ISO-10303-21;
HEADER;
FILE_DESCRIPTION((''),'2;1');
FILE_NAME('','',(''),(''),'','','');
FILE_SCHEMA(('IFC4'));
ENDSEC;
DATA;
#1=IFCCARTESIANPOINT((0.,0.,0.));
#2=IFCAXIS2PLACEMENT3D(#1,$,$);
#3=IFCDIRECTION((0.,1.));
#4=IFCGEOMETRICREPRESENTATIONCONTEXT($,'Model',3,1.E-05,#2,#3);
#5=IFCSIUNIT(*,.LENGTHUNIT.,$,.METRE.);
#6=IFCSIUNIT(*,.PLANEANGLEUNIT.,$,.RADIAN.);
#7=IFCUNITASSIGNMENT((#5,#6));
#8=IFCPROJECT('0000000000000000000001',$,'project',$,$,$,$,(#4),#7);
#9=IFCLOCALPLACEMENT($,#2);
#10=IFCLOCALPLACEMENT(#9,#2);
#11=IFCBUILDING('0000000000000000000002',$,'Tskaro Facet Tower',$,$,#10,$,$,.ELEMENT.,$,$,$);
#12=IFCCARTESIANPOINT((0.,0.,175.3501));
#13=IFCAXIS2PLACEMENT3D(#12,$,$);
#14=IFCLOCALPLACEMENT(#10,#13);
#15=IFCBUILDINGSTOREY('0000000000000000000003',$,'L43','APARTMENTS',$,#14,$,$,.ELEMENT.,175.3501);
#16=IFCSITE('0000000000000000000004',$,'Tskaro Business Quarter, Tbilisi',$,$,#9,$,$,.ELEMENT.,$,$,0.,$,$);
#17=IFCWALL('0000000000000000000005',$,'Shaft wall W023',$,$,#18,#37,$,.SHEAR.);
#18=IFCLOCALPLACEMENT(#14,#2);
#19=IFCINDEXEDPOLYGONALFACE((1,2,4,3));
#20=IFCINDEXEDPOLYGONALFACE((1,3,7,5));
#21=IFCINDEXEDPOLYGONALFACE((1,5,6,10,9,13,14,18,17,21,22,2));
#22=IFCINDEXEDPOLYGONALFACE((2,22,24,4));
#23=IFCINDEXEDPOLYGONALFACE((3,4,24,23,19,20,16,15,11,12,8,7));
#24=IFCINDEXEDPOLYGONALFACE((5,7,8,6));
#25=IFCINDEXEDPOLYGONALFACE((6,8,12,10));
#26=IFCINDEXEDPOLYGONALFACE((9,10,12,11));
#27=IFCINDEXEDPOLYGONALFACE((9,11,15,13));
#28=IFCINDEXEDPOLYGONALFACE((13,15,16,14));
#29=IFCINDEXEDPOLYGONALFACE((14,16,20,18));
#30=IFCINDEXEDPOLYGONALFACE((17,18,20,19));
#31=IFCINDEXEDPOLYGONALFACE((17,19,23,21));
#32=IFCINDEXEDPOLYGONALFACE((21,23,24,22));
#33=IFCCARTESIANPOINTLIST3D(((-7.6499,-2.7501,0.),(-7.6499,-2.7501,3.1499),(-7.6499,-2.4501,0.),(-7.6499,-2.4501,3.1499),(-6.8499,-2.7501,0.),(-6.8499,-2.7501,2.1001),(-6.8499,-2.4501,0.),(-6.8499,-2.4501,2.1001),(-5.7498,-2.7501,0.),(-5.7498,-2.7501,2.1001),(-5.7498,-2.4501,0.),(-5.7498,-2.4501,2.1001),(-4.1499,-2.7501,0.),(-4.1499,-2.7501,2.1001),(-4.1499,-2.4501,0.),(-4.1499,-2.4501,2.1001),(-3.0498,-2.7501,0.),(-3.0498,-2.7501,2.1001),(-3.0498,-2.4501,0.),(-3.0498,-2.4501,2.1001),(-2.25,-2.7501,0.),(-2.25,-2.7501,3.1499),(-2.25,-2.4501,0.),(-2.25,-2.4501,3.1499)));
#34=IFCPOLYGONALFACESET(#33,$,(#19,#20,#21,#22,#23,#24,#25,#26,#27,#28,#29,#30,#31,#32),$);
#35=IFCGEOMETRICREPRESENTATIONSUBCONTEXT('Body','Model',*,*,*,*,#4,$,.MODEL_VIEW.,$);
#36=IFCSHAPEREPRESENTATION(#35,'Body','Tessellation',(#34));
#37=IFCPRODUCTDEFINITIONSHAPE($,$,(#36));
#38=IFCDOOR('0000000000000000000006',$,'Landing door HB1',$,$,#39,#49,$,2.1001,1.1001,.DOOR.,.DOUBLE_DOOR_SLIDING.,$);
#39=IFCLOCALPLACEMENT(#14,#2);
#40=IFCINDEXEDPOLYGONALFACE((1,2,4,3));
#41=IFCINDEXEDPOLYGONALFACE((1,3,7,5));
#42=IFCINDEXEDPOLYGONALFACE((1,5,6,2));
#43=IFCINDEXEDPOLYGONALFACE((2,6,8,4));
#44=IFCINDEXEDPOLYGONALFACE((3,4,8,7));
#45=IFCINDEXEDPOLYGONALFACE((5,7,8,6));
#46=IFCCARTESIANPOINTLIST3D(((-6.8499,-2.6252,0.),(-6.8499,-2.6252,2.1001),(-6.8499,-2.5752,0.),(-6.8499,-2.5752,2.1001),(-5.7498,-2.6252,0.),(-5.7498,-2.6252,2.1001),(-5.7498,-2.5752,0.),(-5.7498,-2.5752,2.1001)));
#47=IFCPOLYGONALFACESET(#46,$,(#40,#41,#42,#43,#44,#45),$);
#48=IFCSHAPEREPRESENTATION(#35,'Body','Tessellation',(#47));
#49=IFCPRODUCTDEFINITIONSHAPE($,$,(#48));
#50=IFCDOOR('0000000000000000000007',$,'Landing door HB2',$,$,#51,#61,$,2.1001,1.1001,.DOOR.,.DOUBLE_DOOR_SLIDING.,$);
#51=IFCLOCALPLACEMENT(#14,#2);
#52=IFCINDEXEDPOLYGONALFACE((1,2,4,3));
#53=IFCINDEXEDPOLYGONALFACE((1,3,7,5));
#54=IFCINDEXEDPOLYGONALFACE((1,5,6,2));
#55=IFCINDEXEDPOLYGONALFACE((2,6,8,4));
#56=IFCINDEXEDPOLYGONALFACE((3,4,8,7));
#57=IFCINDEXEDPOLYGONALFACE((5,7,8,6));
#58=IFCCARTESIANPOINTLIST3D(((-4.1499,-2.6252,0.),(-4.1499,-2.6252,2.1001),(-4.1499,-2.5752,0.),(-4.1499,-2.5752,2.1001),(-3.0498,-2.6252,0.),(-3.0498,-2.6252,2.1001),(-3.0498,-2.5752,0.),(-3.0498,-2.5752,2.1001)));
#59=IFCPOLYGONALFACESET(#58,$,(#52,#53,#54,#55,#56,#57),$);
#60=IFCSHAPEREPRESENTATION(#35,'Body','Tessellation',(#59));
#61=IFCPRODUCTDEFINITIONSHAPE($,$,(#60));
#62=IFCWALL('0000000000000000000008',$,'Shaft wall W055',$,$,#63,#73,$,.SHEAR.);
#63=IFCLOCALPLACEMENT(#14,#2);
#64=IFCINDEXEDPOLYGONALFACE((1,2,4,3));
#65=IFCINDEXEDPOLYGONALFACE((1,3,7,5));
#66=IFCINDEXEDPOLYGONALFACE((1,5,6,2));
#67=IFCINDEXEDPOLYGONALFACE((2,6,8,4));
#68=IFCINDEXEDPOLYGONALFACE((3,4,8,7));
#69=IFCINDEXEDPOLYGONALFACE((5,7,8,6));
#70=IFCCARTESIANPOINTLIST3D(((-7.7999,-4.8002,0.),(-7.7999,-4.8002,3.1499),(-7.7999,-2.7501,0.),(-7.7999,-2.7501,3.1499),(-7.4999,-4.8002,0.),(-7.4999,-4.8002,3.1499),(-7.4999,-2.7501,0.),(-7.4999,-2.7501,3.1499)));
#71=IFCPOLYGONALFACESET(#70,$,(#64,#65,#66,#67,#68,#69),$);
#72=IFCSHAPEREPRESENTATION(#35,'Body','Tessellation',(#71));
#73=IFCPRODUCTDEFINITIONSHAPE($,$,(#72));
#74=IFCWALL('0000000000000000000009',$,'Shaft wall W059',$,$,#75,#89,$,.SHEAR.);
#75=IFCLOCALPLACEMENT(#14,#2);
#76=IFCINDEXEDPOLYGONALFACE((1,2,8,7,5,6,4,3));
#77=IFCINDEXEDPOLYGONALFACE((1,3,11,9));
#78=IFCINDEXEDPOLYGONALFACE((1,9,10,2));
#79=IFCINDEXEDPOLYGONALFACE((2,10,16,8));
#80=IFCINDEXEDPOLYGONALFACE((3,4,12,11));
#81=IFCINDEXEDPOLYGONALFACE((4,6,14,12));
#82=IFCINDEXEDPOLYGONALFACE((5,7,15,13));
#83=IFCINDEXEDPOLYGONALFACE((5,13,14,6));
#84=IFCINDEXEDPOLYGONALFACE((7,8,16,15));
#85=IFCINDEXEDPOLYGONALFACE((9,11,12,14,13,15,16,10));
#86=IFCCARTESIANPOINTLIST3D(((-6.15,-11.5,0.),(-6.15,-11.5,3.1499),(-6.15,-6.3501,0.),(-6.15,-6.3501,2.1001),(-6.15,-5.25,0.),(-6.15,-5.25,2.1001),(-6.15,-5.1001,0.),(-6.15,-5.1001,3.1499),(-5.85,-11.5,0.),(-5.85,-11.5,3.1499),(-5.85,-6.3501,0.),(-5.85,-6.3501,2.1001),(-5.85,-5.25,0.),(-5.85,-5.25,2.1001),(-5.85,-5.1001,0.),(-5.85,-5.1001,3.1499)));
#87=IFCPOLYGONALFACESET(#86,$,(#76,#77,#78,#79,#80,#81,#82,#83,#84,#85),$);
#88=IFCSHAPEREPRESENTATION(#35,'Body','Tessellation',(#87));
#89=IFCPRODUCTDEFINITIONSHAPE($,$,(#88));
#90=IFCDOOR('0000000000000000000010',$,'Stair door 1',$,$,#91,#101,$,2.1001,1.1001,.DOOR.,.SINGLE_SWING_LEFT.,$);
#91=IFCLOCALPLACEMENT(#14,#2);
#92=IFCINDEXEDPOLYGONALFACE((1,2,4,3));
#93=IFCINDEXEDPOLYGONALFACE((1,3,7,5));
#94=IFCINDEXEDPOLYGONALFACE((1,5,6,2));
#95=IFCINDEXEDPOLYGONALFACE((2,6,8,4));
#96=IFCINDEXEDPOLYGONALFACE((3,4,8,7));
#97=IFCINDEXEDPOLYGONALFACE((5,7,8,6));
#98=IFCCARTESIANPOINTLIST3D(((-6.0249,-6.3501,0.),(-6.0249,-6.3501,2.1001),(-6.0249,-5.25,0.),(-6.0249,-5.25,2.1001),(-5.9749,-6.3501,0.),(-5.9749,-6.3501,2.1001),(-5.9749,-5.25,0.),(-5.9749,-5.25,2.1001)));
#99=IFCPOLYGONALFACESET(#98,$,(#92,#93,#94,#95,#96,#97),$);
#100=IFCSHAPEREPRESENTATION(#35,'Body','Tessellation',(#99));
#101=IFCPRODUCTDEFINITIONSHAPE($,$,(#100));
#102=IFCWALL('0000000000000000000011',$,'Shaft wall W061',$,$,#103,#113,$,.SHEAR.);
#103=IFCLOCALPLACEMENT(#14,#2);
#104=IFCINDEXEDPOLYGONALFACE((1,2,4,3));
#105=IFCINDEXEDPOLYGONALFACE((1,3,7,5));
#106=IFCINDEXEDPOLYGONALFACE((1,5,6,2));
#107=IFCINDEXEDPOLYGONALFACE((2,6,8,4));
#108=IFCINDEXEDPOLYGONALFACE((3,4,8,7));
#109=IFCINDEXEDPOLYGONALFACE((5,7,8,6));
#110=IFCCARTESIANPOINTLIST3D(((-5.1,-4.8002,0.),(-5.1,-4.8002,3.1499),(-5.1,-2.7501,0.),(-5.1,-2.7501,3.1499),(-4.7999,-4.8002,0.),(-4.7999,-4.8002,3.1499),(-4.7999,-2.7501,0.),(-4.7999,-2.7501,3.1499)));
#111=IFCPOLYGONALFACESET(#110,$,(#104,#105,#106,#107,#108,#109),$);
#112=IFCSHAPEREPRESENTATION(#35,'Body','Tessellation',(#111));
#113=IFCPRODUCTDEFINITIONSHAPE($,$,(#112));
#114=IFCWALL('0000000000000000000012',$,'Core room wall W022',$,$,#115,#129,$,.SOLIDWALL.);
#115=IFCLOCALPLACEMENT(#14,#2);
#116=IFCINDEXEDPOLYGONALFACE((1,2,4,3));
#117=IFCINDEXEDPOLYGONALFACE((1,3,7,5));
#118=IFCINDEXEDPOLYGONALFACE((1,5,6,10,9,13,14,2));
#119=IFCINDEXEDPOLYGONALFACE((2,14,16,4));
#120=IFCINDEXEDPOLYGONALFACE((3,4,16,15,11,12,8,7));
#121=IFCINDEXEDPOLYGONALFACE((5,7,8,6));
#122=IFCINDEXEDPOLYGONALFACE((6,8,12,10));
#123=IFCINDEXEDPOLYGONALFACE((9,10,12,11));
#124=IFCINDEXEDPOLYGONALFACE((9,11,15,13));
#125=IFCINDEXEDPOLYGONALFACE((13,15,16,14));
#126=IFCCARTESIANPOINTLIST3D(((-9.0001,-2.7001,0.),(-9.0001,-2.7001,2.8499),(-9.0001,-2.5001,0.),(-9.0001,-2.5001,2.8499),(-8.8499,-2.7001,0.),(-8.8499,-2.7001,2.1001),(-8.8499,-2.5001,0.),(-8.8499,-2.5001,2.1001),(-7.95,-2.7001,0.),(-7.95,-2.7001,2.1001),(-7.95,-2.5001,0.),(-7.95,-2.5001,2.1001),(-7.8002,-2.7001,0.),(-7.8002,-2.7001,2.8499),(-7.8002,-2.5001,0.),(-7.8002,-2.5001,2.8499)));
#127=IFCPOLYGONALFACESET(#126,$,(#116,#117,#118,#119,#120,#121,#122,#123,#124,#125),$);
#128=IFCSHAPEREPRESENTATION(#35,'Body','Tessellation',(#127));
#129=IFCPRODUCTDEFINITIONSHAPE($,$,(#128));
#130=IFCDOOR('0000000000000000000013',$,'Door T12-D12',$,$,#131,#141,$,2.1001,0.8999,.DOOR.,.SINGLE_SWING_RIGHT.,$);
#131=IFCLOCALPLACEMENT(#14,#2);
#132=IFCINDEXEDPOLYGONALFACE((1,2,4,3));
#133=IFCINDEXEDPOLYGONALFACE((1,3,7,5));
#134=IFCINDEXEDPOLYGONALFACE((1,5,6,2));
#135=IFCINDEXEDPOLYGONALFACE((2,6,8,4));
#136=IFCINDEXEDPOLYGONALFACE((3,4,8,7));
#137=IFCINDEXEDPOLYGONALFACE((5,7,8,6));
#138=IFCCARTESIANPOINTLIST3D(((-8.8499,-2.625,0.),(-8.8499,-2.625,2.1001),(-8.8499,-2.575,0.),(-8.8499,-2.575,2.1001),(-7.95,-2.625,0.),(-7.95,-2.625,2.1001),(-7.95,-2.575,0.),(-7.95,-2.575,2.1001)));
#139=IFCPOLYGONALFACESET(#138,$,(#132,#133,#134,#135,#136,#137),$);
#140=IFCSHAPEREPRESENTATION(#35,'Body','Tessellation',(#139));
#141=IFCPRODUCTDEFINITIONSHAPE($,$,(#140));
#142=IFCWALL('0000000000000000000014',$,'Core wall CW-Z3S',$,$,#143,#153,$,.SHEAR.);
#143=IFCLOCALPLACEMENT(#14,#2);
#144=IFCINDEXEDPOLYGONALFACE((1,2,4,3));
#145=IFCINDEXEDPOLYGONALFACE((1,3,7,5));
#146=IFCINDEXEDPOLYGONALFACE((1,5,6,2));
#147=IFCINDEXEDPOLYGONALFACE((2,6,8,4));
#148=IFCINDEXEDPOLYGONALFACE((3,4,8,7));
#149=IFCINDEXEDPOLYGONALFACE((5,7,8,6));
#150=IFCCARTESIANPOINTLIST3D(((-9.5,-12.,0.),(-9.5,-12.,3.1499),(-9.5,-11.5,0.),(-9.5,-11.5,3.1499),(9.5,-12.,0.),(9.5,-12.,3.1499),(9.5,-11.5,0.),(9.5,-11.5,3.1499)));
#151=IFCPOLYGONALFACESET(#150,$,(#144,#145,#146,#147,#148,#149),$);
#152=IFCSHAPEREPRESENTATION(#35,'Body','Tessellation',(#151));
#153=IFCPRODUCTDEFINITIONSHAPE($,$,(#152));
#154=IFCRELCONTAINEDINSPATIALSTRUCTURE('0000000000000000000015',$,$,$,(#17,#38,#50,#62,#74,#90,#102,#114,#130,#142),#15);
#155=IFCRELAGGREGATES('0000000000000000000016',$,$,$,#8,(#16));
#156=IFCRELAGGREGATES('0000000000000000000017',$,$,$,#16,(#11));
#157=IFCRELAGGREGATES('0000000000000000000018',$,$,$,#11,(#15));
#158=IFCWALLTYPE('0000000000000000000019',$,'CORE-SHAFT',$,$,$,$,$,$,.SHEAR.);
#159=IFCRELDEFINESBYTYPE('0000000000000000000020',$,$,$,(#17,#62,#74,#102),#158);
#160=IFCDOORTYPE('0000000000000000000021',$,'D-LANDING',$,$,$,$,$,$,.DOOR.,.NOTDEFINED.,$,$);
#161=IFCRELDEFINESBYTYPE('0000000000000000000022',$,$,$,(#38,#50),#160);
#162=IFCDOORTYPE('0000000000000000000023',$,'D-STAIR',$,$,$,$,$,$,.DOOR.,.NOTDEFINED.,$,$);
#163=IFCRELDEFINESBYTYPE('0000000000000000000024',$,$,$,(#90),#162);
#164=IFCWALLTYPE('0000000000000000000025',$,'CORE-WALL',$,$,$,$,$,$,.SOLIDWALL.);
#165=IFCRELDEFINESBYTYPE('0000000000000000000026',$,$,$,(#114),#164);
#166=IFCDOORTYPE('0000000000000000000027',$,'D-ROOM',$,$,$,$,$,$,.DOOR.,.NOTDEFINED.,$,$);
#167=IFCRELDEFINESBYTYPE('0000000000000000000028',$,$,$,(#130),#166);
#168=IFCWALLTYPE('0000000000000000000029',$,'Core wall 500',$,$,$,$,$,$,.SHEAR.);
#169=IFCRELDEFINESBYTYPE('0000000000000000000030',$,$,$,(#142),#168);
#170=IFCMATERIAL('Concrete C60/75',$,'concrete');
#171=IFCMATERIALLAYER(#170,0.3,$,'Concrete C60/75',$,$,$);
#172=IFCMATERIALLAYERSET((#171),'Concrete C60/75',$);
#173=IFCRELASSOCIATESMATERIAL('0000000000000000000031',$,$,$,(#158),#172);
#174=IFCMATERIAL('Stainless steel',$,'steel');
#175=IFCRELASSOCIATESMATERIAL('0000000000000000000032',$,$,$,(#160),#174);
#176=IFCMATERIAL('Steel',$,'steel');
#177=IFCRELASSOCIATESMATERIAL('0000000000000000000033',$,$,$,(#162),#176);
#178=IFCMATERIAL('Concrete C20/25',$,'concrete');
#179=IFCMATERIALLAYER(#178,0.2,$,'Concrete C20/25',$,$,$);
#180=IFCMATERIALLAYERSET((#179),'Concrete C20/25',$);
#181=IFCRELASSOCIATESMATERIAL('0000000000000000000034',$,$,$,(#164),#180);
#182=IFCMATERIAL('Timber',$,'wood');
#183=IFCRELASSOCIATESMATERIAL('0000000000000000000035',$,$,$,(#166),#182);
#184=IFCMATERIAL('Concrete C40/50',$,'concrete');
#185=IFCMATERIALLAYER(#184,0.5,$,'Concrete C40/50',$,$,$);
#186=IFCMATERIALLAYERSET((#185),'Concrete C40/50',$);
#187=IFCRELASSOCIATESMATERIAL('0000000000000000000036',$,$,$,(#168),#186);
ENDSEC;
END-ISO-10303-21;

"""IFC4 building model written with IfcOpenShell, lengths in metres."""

from ifc_helpers import new_model, si_unit, direction, frame, frame_2d, origin, place, context, subcontext, project, spatial, rectangle, extrude, material, layer, layer_set, type_object, element, fill, save


model = new_model("IFC4")

# Units and contexts
model_context = context("Model", 3, precision=1e-05, world=origin(), true_north=direction((0.0, 1.0)))
body_context = subcontext(model_context, "Body", "Model", "MODEL_VIEW")
ifc_project = project(units=[si_unit("LENGTHUNIT", "METRE"), si_unit("PLANEANGLEUNIT", "RADIAN")], contexts=[model_context])

# Site, building, storey
site_placement = place(None, origin())
site = spatial("IfcSite", under=ifc_project, at=site_placement, Name="Tskaro Business Quarter, Tbilisi", CompositionType="ELEMENT", RefElevation=0.0)
building_placement = place(site_placement, origin())
building = spatial("IfcBuilding", under=site, at=building_placement, Name="Tskaro Facet Tower", CompositionType="ELEMENT")
storey_placement = place(building_placement, frame((0.0, 0.0, 175.3501)))
storey = spatial("IfcBuildingStorey", under=building, at=storey_placement, Name="L43", Description="APARTMENTS", CompositionType="ELEMENT", Elevation=175.3501)

# Shared definitions
ifc_material_1 = material(Name="Concrete C60/75", Category="concrete")
ifc_layer_1 = layer(ifc_material_1, 0.3, Name="Concrete C60/75")
ifc_layer_set_1 = layer_set([ifc_layer_1], Name="Concrete C60/75")
wall_type_1 = type_object("IfcWallType", Name="CORE-SHAFT", PredefinedType="SHEAR", material=ifc_layer_set_1)
ifc_material_2 = material(Name="Stainless steel", Category="steel")
door_type_1 = type_object("IfcDoorType", Name="D-LANDING", OperationType="NOTDEFINED", PredefinedType="DOOR", material=ifc_material_2)

# Wall, openings, doors
wall_1_placement = place(storey_placement, frame((-7.6499, -2.6001, 0.0), z_axis=(0.0, 0.0, 1.0), x_axis=(1.0, 0.0, 0.0)))
wall_1 = element("IfcWall", 1, at=wall_1_placement, inside=storey, type_object=wall_type_1, Name="Shaft wall W023", PredefinedType="SHEAR", context=body_context, shape_type="SweptSolid", body=[
    extrude(rectangle(XDim=5.3999, YDim=0.3, at=frame_2d((2.7, 0.0))), origin(), (0.0, 0.0, 1.0), 3.1499),
])
opening_1_placement = place(wall_1_placement, frame((0.8, 0.0, 0.0)))
opening_1 = element("IfcOpeningElement", 2, at=opening_1_placement, cuts=wall_1, PredefinedType="OPENING", context=body_context, shape_type="SweptSolid", body=[
    extrude(rectangle(XDim=1.1001, YDim=2.1001, at=frame_2d((0.55, 1.05))), frame((0.0, 0.1599, 0.0), z_axis=(0.0, -1.0, 0.0), x_axis=(1.0, 0.0, 0.0)), (0.0, 0.0, 1.0), 0.3201),
])
opening_2_placement = place(wall_1_placement, frame((3.5, 0.0, 0.0)))
opening_2 = element("IfcOpeningElement", 3, at=opening_2_placement, cuts=wall_1, PredefinedType="OPENING", context=body_context, shape_type="SweptSolid", body=[
    extrude(rectangle(XDim=1.1001, YDim=2.1001, at=frame_2d((0.55, 1.05))), frame((0.0, 0.1599, 0.0), z_axis=(0.0, -1.0, 0.0), x_axis=(1.0, 0.0, 0.0)), (0.0, 0.0, 1.0), 0.3201),
])
door_1_placement = place(opening_1_placement, origin())
door_1 = element("IfcDoor", 4, at=door_1_placement, inside=storey, type_object=door_type_1, Name="Landing door HB1", OperationType="DOUBLE_DOOR_SLIDING", OverallHeight=2.1001, OverallWidth=1.1001, PredefinedType="DOOR", context=body_context, shape_type="SweptSolid", body=[
    extrude(rectangle(XDim=1.1001, YDim=2.1001, at=frame_2d((0.55, 1.05))), frame((0.0, 0.0249, 0.0), z_axis=(0.0, -1.0, 0.0), x_axis=(1.0, 0.0, 0.0)), (0.0, 0.0, 1.0), 0.05),
])
fill(opening_1, door_1)
door_2_placement = place(opening_2_placement, origin())
door_2 = element("IfcDoor", 5, at=door_2_placement, inside=storey, type_object=door_type_1, Name="Landing door HB2", OperationType="DOUBLE_DOOR_SLIDING", OverallHeight=2.1001, OverallWidth=1.1001, PredefinedType="DOOR", context=body_context, shape_type="SweptSolid", body=[
    extrude(rectangle(XDim=1.1001, YDim=2.1001, at=frame_2d((0.55, 1.05))), frame((0.0, 0.0249, 0.0), z_axis=(0.0, -1.0, 0.0), x_axis=(1.0, 0.0, 0.0)), (0.0, 0.0, 1.0), 0.05),
])
fill(opening_2, door_2)

# Wall
wall_2_placement = place(storey_placement, frame((-7.6499, -4.8, 0.0), z_axis=(0.0, 0.0, 1.0), x_axis=(0.0, 1.0, 0.0)))
element("IfcWall", 6, at=wall_2_placement, inside=storey, type_object=wall_type_1, Name="Shaft wall W055", PredefinedType="SHEAR", context=body_context, shape_type="SweptSolid", body=[
    extrude(rectangle(XDim=2.05, YDim=0.3, at=frame_2d((1.0249, 0.0))), origin(), (0.0, 0.0, 1.0), 3.1499),
])

# Wall, opening, door
wall_3_placement = place(storey_placement, frame((-6.0, -11.5, 0.0), z_axis=(0.0, 0.0, 1.0), x_axis=(0.0, 1.0, 0.0)))
wall_3 = element("IfcWall", 7, at=wall_3_placement, inside=storey, type_object=wall_type_1, Name="Shaft wall W059", PredefinedType="SHEAR", context=body_context, shape_type="SweptSolid", body=[
    extrude(rectangle(XDim=6.3999, YDim=0.3, at=frame_2d((3.2, 0.0))), origin(), (0.0, 0.0, 1.0), 3.1499),
])
opening_3_placement = place(wall_3_placement, frame((5.1499, 0.0, 0.0)))
opening_3 = element("IfcOpeningElement", 8, at=opening_3_placement, cuts=wall_3, PredefinedType="OPENING", context=body_context, shape_type="SweptSolid", body=[
    extrude(rectangle(XDim=1.1001, YDim=2.1001, at=frame_2d((0.55, 1.05))), frame((0.0, 0.1599, 0.0), z_axis=(0.0, -1.0, 0.0), x_axis=(1.0, 0.0, 0.0)), (0.0, 0.0, 1.0), 0.3201),
])
ifc_material_3 = material(Name="Steel", Category="steel")
door_type_2 = type_object("IfcDoorType", Name="D-STAIR", OperationType="NOTDEFINED", PredefinedType="DOOR", material=ifc_material_3)
door_3_placement = place(opening_3_placement, origin())
door_3 = element("IfcDoor", 9, at=door_3_placement, inside=storey, type_object=door_type_2, Name="Stair door 1", OperationType="SINGLE_SWING_LEFT", OverallHeight=2.1001, OverallWidth=1.1001, PredefinedType="DOOR", context=body_context, shape_type="SweptSolid", body=[
    extrude(rectangle(XDim=1.1001, YDim=2.1001, at=frame_2d((0.55, 1.05))), frame((0.0, 0.0249, 0.0), z_axis=(0.0, -1.0, 0.0), x_axis=(1.0, 0.0, 0.0)), (0.0, 0.0, 1.0), 0.05),
])
fill(opening_3, door_3)

# Wall
wall_4_placement = place(storey_placement, frame((-4.95, -4.8, 0.0), z_axis=(0.0, 0.0, 1.0), x_axis=(0.0, 1.0, 0.0)))
element("IfcWall", 10, at=wall_4_placement, inside=storey, type_object=wall_type_1, Name="Shaft wall W061", PredefinedType="SHEAR", context=body_context, shape_type="SweptSolid", body=[
    extrude(rectangle(XDim=2.05, YDim=0.3, at=frame_2d((1.0249, 0.0))), origin(), (0.0, 0.0, 1.0), 3.1499),
])

# Wall, opening, door
ifc_material_4 = material(Name="Concrete C20/25", Category="concrete")
ifc_layer_2 = layer(ifc_material_4, 0.2, Name="Concrete C20/25")
ifc_layer_set_2 = layer_set([ifc_layer_2], Name="Concrete C20/25")
wall_type_2 = type_object("IfcWallType", Name="CORE-WALL", PredefinedType="SOLIDWALL", material=ifc_layer_set_2)
wall_5_placement = place(storey_placement, frame((-7.8, -2.6001, 0.0), z_axis=(0.0, 0.0, 1.0), x_axis=(-1.0, 0.0, 0.0)))
wall_5 = element("IfcWall", 11, at=wall_5_placement, inside=storey, type_object=wall_type_2, Name="Core room wall W022", PredefinedType="SOLIDWALL", context=body_context, shape_type="SweptSolid", body=[
    extrude(rectangle(XDim=1.2, YDim=0.2, at=frame_2d((0.6001, 0.0))), origin(), (0.0, 0.0, 1.0), 2.8499),
])
opening_4_placement = place(wall_5_placement, frame((0.1499, 0.0, 0.0)))
opening_4 = element("IfcOpeningElement", 12, at=opening_4_placement, cuts=wall_5, PredefinedType="OPENING", context=body_context, shape_type="SweptSolid", body=[
    extrude(rectangle(XDim=0.8999, YDim=2.1001, at=frame_2d((0.45, 1.05))), frame((0.0, 0.1099, 0.0), z_axis=(0.0, -1.0, 0.0), x_axis=(1.0, 0.0, 0.0)), (0.0, 0.0, 1.0), 0.22),
])
ifc_material_5 = material(Name="Timber", Category="wood")
door_type_3 = type_object("IfcDoorType", Name="D-ROOM", OperationType="NOTDEFINED", PredefinedType="DOOR", material=ifc_material_5)
door_4_placement = place(opening_4_placement, origin())
door_4 = element("IfcDoor", 13, at=door_4_placement, inside=storey, type_object=door_type_3, Name="Door T12-D12", OperationType="SINGLE_SWING_RIGHT", OverallHeight=2.1001, OverallWidth=0.8999, PredefinedType="DOOR", context=body_context, shape_type="SweptSolid", body=[
    extrude(rectangle(XDim=0.8999, YDim=2.1001, at=frame_2d((0.45, 1.05))), frame((0.0, 0.0249, 0.0), z_axis=(0.0, -1.0, 0.0), x_axis=(1.0, 0.0, 0.0)), (0.0, 0.0, 1.0), 0.05),
])
fill(opening_4, door_4)

# Wall
ifc_material_6 = material(Name="Concrete C40/50", Category="concrete")
ifc_layer_3 = layer(ifc_material_6, 0.5, Name="Concrete C40/50")
ifc_layer_set_3 = layer_set([ifc_layer_3], Name="Concrete C40/50")
wall_type_3 = type_object("IfcWallType", Name="Core wall 500", PredefinedType="SHEAR", material=ifc_layer_set_3)
wall_6_placement = place(storey_placement, frame((-9.5, -11.75, 0.0), z_axis=(0.0, 0.0, 1.0), x_axis=(1.0, 0.0, 0.0)))
element("IfcWall", 14, at=wall_6_placement, inside=storey, type_object=wall_type_3, Name="Core wall CW-Z3S", PredefinedType="SHEAR", context=body_context, shape_type="SweptSolid", body=[
    extrude(rectangle(XDim=19.0, YDim=0.5, at=frame_2d((9.5, 0.0))), origin(), (0.0, 0.0, 1.0), 3.1499),
])

save(model, "model.ifc")
